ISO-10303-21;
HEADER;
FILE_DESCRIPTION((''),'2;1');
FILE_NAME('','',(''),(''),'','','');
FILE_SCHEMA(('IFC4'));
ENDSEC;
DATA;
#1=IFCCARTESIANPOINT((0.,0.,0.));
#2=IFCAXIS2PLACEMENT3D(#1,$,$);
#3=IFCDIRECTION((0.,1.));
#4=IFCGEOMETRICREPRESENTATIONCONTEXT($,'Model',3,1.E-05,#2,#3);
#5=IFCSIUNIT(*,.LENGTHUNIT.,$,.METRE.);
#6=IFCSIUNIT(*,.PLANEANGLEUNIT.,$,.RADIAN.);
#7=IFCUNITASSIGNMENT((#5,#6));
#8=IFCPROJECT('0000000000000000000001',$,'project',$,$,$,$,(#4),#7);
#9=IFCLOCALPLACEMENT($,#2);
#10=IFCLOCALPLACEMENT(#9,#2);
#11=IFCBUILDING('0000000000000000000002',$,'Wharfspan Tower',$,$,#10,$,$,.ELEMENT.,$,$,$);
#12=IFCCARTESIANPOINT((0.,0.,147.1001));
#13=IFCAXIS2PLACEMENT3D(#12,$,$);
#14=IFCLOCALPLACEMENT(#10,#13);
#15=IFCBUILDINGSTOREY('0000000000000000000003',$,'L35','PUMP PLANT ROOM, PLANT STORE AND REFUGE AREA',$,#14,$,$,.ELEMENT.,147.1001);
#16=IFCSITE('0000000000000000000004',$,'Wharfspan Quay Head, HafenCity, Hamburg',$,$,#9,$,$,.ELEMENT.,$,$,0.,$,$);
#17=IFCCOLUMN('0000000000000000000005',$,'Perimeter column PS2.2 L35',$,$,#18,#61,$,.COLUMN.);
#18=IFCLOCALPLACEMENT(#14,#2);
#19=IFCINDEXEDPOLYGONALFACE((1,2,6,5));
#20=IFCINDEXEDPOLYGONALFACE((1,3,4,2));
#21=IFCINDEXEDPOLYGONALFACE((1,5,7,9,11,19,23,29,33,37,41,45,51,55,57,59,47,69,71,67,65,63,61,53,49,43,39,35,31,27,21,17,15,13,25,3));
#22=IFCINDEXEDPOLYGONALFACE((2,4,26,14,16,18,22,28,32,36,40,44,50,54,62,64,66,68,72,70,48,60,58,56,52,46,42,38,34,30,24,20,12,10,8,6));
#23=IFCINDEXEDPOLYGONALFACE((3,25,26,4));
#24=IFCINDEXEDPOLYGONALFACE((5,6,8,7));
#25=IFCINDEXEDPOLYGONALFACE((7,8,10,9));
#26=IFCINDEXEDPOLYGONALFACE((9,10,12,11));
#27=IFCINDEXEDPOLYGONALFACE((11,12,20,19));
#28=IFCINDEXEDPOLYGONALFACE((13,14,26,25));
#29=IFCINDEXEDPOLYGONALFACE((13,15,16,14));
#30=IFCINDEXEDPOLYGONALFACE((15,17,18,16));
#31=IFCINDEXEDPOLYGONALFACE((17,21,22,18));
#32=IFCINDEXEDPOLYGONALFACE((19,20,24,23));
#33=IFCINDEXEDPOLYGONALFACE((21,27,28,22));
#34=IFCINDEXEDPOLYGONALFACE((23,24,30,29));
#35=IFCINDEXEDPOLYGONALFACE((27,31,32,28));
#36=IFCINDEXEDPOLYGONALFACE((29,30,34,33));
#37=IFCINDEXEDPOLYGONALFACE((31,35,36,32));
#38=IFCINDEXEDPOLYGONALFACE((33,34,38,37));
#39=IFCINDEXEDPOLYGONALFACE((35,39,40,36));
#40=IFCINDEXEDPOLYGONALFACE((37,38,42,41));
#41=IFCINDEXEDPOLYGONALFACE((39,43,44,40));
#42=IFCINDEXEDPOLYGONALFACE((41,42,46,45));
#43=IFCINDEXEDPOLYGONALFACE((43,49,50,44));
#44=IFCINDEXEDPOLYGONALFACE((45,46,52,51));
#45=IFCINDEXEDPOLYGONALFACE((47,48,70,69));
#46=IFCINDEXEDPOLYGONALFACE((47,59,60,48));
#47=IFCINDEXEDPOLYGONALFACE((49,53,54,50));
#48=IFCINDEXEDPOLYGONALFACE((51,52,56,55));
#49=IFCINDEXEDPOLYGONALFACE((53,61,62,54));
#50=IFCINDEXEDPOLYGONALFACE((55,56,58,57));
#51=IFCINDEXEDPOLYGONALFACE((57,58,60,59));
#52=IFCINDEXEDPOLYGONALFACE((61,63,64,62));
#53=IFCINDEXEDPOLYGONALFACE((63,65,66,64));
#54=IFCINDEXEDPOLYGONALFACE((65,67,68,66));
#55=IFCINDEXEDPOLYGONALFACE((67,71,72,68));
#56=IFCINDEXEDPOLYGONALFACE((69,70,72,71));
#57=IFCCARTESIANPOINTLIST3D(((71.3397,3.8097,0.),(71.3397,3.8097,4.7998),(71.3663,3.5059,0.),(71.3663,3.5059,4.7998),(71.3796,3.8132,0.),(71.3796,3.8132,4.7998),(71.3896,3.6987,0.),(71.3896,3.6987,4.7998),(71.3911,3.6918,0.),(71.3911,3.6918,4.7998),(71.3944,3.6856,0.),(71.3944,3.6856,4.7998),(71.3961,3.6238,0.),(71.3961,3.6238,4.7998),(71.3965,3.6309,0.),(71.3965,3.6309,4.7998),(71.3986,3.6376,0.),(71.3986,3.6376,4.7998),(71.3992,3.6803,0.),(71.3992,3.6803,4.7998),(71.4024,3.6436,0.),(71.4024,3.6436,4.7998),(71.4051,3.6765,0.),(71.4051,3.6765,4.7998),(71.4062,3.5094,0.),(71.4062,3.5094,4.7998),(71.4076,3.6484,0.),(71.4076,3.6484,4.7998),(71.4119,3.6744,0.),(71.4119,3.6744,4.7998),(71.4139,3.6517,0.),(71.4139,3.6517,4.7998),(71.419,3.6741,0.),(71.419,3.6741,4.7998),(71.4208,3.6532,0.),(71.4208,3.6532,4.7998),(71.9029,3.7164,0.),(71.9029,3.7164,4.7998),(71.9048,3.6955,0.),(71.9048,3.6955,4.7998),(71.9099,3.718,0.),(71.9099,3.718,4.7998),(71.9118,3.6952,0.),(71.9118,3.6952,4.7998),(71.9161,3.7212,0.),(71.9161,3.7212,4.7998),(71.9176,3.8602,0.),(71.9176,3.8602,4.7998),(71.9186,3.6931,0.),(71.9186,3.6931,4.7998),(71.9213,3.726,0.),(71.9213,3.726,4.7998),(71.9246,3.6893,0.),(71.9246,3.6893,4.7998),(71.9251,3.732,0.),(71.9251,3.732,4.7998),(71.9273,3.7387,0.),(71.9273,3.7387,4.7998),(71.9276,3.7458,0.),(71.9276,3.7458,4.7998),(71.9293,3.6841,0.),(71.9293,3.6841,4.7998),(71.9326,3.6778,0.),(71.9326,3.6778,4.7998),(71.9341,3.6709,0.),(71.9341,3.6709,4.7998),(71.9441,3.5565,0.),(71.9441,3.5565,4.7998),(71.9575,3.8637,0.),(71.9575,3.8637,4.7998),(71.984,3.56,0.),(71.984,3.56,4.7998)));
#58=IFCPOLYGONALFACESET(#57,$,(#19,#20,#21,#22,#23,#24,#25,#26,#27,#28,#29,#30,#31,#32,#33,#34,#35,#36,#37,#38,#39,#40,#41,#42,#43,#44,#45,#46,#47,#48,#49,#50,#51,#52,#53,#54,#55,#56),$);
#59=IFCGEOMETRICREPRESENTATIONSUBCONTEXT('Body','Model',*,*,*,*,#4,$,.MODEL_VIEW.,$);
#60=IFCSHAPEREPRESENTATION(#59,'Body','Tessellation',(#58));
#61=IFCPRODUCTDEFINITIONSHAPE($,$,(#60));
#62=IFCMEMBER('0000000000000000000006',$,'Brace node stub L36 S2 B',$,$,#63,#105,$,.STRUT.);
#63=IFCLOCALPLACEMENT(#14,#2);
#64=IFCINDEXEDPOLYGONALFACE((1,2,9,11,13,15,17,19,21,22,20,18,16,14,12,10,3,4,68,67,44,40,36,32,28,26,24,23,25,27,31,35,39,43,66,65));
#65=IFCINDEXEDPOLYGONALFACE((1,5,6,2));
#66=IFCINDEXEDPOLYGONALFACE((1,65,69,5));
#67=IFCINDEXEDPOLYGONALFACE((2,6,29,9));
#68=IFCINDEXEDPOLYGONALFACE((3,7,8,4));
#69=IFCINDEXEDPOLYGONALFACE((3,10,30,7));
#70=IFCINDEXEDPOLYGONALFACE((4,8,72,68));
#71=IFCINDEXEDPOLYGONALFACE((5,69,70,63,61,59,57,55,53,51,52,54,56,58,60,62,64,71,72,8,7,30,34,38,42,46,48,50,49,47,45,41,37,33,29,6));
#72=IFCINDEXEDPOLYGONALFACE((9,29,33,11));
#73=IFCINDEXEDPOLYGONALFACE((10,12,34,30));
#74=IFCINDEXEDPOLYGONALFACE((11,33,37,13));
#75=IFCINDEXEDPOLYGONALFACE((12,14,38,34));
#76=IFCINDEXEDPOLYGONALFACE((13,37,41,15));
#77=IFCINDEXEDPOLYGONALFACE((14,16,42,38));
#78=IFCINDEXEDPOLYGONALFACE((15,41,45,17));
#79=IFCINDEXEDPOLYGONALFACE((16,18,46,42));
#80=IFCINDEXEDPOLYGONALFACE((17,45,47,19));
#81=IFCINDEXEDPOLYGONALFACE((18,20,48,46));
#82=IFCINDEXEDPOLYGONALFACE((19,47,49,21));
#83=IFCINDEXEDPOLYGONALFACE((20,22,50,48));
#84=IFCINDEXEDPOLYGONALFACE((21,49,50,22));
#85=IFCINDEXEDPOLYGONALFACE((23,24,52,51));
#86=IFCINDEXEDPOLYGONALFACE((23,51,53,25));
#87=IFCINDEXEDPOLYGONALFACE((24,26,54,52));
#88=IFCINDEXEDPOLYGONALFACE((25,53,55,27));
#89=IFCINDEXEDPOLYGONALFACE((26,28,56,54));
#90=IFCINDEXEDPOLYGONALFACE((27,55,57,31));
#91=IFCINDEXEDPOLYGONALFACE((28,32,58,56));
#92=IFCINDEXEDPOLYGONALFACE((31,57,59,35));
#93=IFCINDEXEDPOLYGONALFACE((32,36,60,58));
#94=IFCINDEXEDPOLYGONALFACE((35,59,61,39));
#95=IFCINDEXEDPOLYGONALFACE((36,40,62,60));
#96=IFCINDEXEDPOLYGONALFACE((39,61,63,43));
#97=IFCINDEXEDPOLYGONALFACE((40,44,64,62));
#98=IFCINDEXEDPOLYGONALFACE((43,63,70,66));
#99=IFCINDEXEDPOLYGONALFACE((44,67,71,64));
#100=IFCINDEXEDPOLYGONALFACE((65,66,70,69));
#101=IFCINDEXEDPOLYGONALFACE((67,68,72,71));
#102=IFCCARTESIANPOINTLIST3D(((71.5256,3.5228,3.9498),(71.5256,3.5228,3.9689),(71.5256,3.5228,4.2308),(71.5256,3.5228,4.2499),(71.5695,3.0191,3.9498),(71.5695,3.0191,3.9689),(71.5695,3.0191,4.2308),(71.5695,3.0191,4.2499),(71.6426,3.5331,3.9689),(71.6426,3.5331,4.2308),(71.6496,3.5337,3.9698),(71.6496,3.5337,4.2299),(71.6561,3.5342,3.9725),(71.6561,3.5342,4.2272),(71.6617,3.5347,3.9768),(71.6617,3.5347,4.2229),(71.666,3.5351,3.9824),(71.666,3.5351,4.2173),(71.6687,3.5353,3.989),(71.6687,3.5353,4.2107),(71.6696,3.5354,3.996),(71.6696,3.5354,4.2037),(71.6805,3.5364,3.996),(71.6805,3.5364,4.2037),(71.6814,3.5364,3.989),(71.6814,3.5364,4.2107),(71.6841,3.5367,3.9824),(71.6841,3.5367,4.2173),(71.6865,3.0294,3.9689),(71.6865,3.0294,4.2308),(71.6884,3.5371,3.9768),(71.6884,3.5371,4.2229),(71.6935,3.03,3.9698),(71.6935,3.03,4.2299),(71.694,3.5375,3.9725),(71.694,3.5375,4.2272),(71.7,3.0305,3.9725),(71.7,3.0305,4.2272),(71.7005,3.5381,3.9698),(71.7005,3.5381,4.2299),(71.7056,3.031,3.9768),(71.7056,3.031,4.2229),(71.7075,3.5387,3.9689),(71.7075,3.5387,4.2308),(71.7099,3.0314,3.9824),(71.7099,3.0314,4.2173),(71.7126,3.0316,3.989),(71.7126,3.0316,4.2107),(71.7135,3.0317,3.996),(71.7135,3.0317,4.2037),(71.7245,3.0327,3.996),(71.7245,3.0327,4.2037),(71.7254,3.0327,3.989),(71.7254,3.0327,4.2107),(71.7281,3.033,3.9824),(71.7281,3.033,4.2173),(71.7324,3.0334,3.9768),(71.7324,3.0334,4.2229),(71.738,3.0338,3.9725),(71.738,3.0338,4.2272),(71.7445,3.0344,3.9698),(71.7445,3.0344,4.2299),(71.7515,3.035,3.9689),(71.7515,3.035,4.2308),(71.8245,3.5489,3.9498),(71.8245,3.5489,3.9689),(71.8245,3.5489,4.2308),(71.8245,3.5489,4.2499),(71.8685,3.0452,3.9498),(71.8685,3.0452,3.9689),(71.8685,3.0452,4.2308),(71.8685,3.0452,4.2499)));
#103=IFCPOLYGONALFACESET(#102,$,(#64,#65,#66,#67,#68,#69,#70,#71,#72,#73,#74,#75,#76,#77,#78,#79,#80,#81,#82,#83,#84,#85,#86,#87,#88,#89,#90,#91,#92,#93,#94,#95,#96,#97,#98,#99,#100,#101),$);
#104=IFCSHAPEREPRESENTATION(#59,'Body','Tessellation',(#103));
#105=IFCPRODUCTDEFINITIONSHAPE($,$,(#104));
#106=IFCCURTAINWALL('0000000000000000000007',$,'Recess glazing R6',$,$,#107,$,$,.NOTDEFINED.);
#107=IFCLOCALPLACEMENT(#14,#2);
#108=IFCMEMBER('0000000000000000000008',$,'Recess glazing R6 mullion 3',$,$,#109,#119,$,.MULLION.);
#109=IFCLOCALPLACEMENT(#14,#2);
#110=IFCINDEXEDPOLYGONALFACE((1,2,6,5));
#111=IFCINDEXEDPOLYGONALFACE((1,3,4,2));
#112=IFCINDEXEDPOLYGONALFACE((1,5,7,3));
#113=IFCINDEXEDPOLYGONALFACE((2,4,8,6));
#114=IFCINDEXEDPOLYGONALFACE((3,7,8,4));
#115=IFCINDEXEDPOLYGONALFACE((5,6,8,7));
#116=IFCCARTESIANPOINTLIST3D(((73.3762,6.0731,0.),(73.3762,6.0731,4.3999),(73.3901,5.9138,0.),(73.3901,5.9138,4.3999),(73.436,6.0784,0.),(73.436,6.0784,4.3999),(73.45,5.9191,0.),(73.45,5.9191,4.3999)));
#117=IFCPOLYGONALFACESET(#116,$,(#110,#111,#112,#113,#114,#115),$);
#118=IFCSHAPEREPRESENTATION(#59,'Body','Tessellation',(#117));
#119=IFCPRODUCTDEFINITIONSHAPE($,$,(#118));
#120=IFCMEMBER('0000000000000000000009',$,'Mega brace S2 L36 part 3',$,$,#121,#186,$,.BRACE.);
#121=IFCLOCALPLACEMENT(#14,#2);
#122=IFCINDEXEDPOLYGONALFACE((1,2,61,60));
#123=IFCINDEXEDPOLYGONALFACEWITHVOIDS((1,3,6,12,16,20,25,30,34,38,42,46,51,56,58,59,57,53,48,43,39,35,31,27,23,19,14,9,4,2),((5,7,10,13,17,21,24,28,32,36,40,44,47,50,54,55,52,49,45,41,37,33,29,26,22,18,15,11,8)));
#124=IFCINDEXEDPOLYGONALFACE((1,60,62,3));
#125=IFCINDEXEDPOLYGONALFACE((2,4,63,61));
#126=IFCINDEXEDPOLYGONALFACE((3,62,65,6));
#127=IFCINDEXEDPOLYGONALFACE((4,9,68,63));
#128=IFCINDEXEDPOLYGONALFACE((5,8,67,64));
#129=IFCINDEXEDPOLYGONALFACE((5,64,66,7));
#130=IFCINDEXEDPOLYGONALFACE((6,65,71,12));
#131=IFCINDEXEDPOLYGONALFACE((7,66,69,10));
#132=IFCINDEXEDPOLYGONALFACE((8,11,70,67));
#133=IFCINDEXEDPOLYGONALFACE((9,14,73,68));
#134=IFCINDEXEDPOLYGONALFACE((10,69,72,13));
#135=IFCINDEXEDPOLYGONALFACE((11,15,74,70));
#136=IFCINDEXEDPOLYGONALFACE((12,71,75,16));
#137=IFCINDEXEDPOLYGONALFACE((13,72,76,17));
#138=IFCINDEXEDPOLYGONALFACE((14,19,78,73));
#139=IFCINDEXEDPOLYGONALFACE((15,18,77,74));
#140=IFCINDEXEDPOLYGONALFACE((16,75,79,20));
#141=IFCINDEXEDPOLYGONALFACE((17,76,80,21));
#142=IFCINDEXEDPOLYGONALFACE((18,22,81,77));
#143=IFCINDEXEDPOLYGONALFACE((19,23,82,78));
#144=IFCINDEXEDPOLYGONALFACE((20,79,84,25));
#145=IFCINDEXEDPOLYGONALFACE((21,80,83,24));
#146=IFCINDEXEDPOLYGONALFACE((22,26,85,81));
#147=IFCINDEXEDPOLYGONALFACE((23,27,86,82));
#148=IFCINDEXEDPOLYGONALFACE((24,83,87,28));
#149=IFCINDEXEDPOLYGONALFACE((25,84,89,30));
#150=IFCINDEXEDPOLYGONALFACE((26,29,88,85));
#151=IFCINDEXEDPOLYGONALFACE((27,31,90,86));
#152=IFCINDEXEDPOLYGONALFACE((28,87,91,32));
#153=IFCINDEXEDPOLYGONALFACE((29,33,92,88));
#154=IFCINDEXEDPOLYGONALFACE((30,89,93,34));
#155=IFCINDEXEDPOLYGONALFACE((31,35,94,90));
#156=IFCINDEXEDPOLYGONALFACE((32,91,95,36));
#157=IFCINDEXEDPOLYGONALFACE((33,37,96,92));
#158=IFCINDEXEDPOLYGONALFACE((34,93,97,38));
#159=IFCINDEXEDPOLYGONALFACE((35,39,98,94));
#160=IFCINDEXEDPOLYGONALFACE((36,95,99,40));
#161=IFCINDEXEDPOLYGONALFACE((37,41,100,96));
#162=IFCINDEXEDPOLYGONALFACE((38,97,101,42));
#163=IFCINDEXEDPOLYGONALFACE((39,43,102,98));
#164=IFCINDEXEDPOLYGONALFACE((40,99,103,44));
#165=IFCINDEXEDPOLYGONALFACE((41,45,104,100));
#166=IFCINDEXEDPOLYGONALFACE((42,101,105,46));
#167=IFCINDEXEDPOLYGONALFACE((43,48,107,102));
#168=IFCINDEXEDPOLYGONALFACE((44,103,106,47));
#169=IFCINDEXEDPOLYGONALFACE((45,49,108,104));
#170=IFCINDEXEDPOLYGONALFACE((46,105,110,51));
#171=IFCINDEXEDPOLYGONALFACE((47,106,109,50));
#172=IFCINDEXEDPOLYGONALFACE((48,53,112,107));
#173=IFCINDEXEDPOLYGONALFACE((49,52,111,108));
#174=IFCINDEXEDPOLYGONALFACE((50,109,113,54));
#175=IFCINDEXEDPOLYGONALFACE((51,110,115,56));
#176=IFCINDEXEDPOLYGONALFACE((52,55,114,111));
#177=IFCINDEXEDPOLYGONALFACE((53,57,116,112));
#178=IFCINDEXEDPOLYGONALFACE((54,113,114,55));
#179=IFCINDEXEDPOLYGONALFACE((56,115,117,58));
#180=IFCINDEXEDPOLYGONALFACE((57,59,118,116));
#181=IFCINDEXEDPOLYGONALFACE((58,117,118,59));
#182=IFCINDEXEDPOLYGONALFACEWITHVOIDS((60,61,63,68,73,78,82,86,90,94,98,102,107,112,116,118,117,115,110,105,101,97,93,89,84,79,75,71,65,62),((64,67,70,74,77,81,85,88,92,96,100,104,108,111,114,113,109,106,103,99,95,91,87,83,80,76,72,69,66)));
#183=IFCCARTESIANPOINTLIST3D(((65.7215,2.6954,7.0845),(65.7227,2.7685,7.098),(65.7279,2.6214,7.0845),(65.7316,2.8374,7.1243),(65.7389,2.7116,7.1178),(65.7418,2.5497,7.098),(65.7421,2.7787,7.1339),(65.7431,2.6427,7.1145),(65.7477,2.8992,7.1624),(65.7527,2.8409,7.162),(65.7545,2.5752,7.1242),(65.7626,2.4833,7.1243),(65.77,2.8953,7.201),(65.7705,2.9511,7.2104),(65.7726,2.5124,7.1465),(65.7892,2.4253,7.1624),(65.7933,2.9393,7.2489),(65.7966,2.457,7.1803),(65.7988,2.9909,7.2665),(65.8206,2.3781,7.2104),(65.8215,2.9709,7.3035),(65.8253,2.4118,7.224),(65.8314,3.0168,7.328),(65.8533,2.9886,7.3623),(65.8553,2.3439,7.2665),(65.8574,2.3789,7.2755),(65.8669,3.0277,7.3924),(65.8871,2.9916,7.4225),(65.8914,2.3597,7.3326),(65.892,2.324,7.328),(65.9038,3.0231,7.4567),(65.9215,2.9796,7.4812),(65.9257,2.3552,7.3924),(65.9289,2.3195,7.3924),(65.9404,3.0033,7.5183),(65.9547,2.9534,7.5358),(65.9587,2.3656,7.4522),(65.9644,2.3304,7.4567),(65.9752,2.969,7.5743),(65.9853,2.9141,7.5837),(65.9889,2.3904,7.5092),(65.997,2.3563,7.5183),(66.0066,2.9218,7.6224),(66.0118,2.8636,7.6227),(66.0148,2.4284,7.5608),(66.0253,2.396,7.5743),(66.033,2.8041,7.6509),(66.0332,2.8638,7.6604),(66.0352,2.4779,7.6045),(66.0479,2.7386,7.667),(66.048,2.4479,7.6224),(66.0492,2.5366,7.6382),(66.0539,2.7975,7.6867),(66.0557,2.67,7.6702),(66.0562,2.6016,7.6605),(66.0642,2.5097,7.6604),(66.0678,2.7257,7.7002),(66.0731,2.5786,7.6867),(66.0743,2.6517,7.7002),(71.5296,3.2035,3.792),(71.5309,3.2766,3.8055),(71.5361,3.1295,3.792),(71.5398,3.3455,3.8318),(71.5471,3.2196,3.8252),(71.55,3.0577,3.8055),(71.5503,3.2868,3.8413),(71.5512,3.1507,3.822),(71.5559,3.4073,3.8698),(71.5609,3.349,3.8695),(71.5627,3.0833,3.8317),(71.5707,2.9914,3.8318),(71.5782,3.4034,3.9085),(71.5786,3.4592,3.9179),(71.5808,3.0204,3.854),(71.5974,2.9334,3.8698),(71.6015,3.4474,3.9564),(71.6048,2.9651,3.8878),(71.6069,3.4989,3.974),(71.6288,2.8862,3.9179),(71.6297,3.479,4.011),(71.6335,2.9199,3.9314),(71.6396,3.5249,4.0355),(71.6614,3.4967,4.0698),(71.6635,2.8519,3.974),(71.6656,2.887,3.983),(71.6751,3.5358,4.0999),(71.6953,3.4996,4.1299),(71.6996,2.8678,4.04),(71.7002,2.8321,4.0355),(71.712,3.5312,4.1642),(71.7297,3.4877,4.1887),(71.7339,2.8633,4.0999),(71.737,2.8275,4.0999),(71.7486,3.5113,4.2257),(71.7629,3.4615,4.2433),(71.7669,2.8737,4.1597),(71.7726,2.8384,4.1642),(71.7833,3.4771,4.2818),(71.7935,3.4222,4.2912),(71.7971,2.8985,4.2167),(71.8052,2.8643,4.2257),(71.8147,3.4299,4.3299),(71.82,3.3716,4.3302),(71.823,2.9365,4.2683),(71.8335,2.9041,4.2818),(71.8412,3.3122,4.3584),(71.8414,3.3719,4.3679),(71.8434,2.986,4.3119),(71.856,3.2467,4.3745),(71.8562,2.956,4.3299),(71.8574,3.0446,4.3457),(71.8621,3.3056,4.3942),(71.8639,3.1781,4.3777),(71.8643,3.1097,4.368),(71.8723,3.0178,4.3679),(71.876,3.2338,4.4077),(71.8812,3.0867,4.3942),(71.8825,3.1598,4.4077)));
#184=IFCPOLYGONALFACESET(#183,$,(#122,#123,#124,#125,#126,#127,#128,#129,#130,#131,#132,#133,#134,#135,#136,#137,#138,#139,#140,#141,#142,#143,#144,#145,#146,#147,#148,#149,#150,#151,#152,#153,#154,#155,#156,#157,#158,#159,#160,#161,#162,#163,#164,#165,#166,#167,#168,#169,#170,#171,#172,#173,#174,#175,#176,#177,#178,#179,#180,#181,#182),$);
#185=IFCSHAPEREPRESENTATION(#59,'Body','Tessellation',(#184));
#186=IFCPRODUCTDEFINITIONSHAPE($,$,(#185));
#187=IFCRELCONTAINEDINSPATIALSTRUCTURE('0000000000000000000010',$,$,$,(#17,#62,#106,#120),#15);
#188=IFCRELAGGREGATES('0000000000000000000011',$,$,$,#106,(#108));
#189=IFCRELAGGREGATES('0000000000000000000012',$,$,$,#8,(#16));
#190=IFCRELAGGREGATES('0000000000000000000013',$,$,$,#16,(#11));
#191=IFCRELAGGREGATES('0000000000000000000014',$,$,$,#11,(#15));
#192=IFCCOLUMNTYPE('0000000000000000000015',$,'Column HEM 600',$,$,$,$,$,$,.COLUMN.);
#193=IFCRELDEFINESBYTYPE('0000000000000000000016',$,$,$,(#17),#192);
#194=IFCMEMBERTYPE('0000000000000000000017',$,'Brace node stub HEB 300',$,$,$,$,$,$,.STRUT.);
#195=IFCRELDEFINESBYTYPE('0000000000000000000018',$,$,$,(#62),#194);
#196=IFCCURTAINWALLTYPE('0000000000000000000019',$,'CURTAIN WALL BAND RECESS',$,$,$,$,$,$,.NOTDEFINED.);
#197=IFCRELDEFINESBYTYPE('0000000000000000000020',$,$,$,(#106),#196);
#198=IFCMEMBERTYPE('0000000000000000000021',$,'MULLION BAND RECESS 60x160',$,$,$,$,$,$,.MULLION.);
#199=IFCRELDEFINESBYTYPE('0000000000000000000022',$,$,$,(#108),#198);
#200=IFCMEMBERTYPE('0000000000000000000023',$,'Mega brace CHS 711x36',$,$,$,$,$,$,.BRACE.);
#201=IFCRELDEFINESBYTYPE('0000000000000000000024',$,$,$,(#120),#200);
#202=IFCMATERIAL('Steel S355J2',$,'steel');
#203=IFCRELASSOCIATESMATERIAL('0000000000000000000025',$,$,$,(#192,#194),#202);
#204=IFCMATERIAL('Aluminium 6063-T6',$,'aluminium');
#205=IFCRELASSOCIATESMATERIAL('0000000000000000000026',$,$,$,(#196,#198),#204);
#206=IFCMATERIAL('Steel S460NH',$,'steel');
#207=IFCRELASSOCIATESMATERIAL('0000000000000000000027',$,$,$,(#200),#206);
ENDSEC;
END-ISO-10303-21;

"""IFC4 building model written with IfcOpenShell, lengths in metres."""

from ifc_helpers import new_model, si_unit, direction, frame, origin, origin_2d, place, context, subcontext, project, spatial, rectangle, hollow_circle, i_section, extrude, material, material_profile, profile_set, type_object, element, aggregate, save


model = new_model("IFC4")

# Units and contexts
model_context = context("Model", 3, precision=1e-05, world=origin(), true_north=direction((0.0, 1.0)))
body_context = subcontext(model_context, "Body", "Model", "MODEL_VIEW")
ifc_project = project(units=[si_unit("LENGTHUNIT", "METRE"), si_unit("PLANEANGLEUNIT", "RADIAN")], contexts=[model_context])

# Site, building, storey
site_placement = place(None, origin())
site = spatial("IfcSite", under=ifc_project, at=site_placement, Name="Wharfspan Quay Head, HafenCity, Hamburg", CompositionType="ELEMENT", RefElevation=0.0)
building_placement = place(site_placement, origin())
building = spatial("IfcBuilding", under=site, at=building_placement, Name="Wharfspan Tower", CompositionType="ELEMENT")
storey_placement = place(building_placement, frame((0.0, 0.0, 147.1001)))
storey = spatial("IfcBuildingStorey", under=building, at=storey_placement, Name="L35", Description="PUMP PLANT ROOM, PLANT STORE AND REFUGE AREA", CompositionType="ELEMENT", Elevation=147.1001)

# Column
ifc_material_1 = material(Name="Steel S355J2", Category="steel")
ifc_material_profile_1 = material_profile(ifc_material_1, i_section(OverallWidth=0.3049, OverallDepth=0.6201, WebThickness=0.021, FlangeThickness=0.04, FilletRadius=0.0271, at=origin_2d()))
ifc_profile_set_1 = profile_set([ifc_material_profile_1], Name="Steel S355J2")
column_type = type_object("IfcColumnType", Name="Column HEM 600", PredefinedType="COLUMN", material=ifc_profile_set_1)
column_placement = place(storey_placement, frame((71.6619, 3.6848, 0.0), z_axis=(0.0, 0.0, 1.0), x_axis=(0.087156, -0.996198, 0.0)))
element("IfcColumn", 1, at=column_placement, inside=storey, type_object=column_type, Name="Perimeter column PS2.2 L35", PredefinedType="COLUMN", context=body_context, shape_type="SweptSolid", body=[
    extrude(i_section(OverallWidth=0.3049, OverallDepth=0.6201, WebThickness=0.021, FlangeThickness=0.04, FilletRadius=0.0271, at=origin_2d()), origin(), (0.0, 0.0, 1.0), 4.7998),
])

# Member
ifc_material_profile_2 = material_profile(ifc_material_1, i_section(OverallWidth=0.3, OverallDepth=0.3, WebThickness=0.011, FlangeThickness=0.019, FilletRadius=0.0271, at=origin_2d()))
ifc_profile_set_2 = profile_set([ifc_material_profile_2], Name="Steel S355J2")
member_type_1 = type_object("IfcMemberType", Name="Brace node stub HEB 300", PredefinedType="STRUT", material=ifc_profile_set_2)
member_1_placement = place(storey_placement, frame((71.675, 3.5359, 4.0999), z_axis=(0.086921, -0.996215, 0.0), x_axis=(0.996215, 0.086921, 0.0)))
element("IfcMember", 2, at=member_1_placement, inside=storey, type_object=member_type_1, Name="Brace node stub L36 S2 B", PredefinedType="STRUT", context=body_context, shape_type="SweptSolid", body=[
    extrude(i_section(OverallWidth=0.3, OverallDepth=0.3, WebThickness=0.011, FlangeThickness=0.019, FilletRadius=0.0271, at=origin_2d()), origin(), (0.0, 0.0, 1.0), 0.5056),
])

# Curtain wall, member
ifc_material_2 = material(Name="Aluminium 6063-T6", Category="aluminium")
curtain_wall_type = type_object("IfcCurtainWallType", Name="CURTAIN WALL BAND RECESS", PredefinedType="NOTDEFINED", material=ifc_material_2)
curtain_wall_placement = place(storey_placement, origin())
curtain_wall = element("IfcCurtainWall", 3, at=curtain_wall_placement, inside=storey, type_object=curtain_wall_type, Name="Recess glazing R6", PredefinedType="NOTDEFINED")
ifc_material_profile_3 = material_profile(ifc_material_2, rectangle(XDim=0.1599, YDim=0.0601, at=origin_2d()))
ifc_profile_set_3 = profile_set([ifc_material_profile_3], Name="Aluminium 6063-T6")
member_type_2 = type_object("IfcMemberType", Name="MULLION BAND RECESS 60x160", PredefinedType="MULLION", material=ifc_profile_set_3)
member_2_placement = place(storey_placement, frame((73.4131, 5.9961, 0.0), z_axis=(0.0, 0.0, 1.0), x_axis=(0.087156, -0.996198, 0.0)))
member_2 = element("IfcMember", 4, at=member_2_placement, type_object=member_type_2, Name="Recess glazing R6 mullion 3", PredefinedType="MULLION", context=body_context, shape_type="SweptSolid", body=[
    extrude(rectangle(XDim=0.1599, YDim=0.0601, at=origin_2d()), origin(), (0.0, 0.0, 1.0), 4.3999),
])

# Member
ifc_material_3 = material(Name="Steel S460NH", Category="steel")
ifc_material_profile_4 = material_profile(ifc_material_3, hollow_circle(Radius=0.3555, WallThickness=0.0359, at=origin_2d()))
ifc_profile_set_4 = profile_set([ifc_material_profile_4], Name="Steel S460NH")
member_type_3 = type_object("IfcMemberType", Name="Mega brace CHS 711x36", PredefinedType="BRACE", material=ifc_profile_set_4)
member_3_placement = place(storey_placement, frame((71.7061, 3.1816, 4.0999), z_axis=(-0.867436, -0.075878, 0.491729), x_axis=(0.08714, -0.996196, -0.000002)))
element("IfcMember", 5, at=member_3_placement, inside=storey, type_object=member_type_3, Name="Mega brace S2 L36 part 3", PredefinedType="BRACE", context=body_context, shape_type="SweptSolid", body=[
    extrude(hollow_circle(Radius=0.3555, WallThickness=0.0359, at=origin_2d()), origin(), (0.0, 0.0, 1.0), 6.6958),
])

aggregate(curtain_wall, [member_2])

save(model, "model.ifc")
